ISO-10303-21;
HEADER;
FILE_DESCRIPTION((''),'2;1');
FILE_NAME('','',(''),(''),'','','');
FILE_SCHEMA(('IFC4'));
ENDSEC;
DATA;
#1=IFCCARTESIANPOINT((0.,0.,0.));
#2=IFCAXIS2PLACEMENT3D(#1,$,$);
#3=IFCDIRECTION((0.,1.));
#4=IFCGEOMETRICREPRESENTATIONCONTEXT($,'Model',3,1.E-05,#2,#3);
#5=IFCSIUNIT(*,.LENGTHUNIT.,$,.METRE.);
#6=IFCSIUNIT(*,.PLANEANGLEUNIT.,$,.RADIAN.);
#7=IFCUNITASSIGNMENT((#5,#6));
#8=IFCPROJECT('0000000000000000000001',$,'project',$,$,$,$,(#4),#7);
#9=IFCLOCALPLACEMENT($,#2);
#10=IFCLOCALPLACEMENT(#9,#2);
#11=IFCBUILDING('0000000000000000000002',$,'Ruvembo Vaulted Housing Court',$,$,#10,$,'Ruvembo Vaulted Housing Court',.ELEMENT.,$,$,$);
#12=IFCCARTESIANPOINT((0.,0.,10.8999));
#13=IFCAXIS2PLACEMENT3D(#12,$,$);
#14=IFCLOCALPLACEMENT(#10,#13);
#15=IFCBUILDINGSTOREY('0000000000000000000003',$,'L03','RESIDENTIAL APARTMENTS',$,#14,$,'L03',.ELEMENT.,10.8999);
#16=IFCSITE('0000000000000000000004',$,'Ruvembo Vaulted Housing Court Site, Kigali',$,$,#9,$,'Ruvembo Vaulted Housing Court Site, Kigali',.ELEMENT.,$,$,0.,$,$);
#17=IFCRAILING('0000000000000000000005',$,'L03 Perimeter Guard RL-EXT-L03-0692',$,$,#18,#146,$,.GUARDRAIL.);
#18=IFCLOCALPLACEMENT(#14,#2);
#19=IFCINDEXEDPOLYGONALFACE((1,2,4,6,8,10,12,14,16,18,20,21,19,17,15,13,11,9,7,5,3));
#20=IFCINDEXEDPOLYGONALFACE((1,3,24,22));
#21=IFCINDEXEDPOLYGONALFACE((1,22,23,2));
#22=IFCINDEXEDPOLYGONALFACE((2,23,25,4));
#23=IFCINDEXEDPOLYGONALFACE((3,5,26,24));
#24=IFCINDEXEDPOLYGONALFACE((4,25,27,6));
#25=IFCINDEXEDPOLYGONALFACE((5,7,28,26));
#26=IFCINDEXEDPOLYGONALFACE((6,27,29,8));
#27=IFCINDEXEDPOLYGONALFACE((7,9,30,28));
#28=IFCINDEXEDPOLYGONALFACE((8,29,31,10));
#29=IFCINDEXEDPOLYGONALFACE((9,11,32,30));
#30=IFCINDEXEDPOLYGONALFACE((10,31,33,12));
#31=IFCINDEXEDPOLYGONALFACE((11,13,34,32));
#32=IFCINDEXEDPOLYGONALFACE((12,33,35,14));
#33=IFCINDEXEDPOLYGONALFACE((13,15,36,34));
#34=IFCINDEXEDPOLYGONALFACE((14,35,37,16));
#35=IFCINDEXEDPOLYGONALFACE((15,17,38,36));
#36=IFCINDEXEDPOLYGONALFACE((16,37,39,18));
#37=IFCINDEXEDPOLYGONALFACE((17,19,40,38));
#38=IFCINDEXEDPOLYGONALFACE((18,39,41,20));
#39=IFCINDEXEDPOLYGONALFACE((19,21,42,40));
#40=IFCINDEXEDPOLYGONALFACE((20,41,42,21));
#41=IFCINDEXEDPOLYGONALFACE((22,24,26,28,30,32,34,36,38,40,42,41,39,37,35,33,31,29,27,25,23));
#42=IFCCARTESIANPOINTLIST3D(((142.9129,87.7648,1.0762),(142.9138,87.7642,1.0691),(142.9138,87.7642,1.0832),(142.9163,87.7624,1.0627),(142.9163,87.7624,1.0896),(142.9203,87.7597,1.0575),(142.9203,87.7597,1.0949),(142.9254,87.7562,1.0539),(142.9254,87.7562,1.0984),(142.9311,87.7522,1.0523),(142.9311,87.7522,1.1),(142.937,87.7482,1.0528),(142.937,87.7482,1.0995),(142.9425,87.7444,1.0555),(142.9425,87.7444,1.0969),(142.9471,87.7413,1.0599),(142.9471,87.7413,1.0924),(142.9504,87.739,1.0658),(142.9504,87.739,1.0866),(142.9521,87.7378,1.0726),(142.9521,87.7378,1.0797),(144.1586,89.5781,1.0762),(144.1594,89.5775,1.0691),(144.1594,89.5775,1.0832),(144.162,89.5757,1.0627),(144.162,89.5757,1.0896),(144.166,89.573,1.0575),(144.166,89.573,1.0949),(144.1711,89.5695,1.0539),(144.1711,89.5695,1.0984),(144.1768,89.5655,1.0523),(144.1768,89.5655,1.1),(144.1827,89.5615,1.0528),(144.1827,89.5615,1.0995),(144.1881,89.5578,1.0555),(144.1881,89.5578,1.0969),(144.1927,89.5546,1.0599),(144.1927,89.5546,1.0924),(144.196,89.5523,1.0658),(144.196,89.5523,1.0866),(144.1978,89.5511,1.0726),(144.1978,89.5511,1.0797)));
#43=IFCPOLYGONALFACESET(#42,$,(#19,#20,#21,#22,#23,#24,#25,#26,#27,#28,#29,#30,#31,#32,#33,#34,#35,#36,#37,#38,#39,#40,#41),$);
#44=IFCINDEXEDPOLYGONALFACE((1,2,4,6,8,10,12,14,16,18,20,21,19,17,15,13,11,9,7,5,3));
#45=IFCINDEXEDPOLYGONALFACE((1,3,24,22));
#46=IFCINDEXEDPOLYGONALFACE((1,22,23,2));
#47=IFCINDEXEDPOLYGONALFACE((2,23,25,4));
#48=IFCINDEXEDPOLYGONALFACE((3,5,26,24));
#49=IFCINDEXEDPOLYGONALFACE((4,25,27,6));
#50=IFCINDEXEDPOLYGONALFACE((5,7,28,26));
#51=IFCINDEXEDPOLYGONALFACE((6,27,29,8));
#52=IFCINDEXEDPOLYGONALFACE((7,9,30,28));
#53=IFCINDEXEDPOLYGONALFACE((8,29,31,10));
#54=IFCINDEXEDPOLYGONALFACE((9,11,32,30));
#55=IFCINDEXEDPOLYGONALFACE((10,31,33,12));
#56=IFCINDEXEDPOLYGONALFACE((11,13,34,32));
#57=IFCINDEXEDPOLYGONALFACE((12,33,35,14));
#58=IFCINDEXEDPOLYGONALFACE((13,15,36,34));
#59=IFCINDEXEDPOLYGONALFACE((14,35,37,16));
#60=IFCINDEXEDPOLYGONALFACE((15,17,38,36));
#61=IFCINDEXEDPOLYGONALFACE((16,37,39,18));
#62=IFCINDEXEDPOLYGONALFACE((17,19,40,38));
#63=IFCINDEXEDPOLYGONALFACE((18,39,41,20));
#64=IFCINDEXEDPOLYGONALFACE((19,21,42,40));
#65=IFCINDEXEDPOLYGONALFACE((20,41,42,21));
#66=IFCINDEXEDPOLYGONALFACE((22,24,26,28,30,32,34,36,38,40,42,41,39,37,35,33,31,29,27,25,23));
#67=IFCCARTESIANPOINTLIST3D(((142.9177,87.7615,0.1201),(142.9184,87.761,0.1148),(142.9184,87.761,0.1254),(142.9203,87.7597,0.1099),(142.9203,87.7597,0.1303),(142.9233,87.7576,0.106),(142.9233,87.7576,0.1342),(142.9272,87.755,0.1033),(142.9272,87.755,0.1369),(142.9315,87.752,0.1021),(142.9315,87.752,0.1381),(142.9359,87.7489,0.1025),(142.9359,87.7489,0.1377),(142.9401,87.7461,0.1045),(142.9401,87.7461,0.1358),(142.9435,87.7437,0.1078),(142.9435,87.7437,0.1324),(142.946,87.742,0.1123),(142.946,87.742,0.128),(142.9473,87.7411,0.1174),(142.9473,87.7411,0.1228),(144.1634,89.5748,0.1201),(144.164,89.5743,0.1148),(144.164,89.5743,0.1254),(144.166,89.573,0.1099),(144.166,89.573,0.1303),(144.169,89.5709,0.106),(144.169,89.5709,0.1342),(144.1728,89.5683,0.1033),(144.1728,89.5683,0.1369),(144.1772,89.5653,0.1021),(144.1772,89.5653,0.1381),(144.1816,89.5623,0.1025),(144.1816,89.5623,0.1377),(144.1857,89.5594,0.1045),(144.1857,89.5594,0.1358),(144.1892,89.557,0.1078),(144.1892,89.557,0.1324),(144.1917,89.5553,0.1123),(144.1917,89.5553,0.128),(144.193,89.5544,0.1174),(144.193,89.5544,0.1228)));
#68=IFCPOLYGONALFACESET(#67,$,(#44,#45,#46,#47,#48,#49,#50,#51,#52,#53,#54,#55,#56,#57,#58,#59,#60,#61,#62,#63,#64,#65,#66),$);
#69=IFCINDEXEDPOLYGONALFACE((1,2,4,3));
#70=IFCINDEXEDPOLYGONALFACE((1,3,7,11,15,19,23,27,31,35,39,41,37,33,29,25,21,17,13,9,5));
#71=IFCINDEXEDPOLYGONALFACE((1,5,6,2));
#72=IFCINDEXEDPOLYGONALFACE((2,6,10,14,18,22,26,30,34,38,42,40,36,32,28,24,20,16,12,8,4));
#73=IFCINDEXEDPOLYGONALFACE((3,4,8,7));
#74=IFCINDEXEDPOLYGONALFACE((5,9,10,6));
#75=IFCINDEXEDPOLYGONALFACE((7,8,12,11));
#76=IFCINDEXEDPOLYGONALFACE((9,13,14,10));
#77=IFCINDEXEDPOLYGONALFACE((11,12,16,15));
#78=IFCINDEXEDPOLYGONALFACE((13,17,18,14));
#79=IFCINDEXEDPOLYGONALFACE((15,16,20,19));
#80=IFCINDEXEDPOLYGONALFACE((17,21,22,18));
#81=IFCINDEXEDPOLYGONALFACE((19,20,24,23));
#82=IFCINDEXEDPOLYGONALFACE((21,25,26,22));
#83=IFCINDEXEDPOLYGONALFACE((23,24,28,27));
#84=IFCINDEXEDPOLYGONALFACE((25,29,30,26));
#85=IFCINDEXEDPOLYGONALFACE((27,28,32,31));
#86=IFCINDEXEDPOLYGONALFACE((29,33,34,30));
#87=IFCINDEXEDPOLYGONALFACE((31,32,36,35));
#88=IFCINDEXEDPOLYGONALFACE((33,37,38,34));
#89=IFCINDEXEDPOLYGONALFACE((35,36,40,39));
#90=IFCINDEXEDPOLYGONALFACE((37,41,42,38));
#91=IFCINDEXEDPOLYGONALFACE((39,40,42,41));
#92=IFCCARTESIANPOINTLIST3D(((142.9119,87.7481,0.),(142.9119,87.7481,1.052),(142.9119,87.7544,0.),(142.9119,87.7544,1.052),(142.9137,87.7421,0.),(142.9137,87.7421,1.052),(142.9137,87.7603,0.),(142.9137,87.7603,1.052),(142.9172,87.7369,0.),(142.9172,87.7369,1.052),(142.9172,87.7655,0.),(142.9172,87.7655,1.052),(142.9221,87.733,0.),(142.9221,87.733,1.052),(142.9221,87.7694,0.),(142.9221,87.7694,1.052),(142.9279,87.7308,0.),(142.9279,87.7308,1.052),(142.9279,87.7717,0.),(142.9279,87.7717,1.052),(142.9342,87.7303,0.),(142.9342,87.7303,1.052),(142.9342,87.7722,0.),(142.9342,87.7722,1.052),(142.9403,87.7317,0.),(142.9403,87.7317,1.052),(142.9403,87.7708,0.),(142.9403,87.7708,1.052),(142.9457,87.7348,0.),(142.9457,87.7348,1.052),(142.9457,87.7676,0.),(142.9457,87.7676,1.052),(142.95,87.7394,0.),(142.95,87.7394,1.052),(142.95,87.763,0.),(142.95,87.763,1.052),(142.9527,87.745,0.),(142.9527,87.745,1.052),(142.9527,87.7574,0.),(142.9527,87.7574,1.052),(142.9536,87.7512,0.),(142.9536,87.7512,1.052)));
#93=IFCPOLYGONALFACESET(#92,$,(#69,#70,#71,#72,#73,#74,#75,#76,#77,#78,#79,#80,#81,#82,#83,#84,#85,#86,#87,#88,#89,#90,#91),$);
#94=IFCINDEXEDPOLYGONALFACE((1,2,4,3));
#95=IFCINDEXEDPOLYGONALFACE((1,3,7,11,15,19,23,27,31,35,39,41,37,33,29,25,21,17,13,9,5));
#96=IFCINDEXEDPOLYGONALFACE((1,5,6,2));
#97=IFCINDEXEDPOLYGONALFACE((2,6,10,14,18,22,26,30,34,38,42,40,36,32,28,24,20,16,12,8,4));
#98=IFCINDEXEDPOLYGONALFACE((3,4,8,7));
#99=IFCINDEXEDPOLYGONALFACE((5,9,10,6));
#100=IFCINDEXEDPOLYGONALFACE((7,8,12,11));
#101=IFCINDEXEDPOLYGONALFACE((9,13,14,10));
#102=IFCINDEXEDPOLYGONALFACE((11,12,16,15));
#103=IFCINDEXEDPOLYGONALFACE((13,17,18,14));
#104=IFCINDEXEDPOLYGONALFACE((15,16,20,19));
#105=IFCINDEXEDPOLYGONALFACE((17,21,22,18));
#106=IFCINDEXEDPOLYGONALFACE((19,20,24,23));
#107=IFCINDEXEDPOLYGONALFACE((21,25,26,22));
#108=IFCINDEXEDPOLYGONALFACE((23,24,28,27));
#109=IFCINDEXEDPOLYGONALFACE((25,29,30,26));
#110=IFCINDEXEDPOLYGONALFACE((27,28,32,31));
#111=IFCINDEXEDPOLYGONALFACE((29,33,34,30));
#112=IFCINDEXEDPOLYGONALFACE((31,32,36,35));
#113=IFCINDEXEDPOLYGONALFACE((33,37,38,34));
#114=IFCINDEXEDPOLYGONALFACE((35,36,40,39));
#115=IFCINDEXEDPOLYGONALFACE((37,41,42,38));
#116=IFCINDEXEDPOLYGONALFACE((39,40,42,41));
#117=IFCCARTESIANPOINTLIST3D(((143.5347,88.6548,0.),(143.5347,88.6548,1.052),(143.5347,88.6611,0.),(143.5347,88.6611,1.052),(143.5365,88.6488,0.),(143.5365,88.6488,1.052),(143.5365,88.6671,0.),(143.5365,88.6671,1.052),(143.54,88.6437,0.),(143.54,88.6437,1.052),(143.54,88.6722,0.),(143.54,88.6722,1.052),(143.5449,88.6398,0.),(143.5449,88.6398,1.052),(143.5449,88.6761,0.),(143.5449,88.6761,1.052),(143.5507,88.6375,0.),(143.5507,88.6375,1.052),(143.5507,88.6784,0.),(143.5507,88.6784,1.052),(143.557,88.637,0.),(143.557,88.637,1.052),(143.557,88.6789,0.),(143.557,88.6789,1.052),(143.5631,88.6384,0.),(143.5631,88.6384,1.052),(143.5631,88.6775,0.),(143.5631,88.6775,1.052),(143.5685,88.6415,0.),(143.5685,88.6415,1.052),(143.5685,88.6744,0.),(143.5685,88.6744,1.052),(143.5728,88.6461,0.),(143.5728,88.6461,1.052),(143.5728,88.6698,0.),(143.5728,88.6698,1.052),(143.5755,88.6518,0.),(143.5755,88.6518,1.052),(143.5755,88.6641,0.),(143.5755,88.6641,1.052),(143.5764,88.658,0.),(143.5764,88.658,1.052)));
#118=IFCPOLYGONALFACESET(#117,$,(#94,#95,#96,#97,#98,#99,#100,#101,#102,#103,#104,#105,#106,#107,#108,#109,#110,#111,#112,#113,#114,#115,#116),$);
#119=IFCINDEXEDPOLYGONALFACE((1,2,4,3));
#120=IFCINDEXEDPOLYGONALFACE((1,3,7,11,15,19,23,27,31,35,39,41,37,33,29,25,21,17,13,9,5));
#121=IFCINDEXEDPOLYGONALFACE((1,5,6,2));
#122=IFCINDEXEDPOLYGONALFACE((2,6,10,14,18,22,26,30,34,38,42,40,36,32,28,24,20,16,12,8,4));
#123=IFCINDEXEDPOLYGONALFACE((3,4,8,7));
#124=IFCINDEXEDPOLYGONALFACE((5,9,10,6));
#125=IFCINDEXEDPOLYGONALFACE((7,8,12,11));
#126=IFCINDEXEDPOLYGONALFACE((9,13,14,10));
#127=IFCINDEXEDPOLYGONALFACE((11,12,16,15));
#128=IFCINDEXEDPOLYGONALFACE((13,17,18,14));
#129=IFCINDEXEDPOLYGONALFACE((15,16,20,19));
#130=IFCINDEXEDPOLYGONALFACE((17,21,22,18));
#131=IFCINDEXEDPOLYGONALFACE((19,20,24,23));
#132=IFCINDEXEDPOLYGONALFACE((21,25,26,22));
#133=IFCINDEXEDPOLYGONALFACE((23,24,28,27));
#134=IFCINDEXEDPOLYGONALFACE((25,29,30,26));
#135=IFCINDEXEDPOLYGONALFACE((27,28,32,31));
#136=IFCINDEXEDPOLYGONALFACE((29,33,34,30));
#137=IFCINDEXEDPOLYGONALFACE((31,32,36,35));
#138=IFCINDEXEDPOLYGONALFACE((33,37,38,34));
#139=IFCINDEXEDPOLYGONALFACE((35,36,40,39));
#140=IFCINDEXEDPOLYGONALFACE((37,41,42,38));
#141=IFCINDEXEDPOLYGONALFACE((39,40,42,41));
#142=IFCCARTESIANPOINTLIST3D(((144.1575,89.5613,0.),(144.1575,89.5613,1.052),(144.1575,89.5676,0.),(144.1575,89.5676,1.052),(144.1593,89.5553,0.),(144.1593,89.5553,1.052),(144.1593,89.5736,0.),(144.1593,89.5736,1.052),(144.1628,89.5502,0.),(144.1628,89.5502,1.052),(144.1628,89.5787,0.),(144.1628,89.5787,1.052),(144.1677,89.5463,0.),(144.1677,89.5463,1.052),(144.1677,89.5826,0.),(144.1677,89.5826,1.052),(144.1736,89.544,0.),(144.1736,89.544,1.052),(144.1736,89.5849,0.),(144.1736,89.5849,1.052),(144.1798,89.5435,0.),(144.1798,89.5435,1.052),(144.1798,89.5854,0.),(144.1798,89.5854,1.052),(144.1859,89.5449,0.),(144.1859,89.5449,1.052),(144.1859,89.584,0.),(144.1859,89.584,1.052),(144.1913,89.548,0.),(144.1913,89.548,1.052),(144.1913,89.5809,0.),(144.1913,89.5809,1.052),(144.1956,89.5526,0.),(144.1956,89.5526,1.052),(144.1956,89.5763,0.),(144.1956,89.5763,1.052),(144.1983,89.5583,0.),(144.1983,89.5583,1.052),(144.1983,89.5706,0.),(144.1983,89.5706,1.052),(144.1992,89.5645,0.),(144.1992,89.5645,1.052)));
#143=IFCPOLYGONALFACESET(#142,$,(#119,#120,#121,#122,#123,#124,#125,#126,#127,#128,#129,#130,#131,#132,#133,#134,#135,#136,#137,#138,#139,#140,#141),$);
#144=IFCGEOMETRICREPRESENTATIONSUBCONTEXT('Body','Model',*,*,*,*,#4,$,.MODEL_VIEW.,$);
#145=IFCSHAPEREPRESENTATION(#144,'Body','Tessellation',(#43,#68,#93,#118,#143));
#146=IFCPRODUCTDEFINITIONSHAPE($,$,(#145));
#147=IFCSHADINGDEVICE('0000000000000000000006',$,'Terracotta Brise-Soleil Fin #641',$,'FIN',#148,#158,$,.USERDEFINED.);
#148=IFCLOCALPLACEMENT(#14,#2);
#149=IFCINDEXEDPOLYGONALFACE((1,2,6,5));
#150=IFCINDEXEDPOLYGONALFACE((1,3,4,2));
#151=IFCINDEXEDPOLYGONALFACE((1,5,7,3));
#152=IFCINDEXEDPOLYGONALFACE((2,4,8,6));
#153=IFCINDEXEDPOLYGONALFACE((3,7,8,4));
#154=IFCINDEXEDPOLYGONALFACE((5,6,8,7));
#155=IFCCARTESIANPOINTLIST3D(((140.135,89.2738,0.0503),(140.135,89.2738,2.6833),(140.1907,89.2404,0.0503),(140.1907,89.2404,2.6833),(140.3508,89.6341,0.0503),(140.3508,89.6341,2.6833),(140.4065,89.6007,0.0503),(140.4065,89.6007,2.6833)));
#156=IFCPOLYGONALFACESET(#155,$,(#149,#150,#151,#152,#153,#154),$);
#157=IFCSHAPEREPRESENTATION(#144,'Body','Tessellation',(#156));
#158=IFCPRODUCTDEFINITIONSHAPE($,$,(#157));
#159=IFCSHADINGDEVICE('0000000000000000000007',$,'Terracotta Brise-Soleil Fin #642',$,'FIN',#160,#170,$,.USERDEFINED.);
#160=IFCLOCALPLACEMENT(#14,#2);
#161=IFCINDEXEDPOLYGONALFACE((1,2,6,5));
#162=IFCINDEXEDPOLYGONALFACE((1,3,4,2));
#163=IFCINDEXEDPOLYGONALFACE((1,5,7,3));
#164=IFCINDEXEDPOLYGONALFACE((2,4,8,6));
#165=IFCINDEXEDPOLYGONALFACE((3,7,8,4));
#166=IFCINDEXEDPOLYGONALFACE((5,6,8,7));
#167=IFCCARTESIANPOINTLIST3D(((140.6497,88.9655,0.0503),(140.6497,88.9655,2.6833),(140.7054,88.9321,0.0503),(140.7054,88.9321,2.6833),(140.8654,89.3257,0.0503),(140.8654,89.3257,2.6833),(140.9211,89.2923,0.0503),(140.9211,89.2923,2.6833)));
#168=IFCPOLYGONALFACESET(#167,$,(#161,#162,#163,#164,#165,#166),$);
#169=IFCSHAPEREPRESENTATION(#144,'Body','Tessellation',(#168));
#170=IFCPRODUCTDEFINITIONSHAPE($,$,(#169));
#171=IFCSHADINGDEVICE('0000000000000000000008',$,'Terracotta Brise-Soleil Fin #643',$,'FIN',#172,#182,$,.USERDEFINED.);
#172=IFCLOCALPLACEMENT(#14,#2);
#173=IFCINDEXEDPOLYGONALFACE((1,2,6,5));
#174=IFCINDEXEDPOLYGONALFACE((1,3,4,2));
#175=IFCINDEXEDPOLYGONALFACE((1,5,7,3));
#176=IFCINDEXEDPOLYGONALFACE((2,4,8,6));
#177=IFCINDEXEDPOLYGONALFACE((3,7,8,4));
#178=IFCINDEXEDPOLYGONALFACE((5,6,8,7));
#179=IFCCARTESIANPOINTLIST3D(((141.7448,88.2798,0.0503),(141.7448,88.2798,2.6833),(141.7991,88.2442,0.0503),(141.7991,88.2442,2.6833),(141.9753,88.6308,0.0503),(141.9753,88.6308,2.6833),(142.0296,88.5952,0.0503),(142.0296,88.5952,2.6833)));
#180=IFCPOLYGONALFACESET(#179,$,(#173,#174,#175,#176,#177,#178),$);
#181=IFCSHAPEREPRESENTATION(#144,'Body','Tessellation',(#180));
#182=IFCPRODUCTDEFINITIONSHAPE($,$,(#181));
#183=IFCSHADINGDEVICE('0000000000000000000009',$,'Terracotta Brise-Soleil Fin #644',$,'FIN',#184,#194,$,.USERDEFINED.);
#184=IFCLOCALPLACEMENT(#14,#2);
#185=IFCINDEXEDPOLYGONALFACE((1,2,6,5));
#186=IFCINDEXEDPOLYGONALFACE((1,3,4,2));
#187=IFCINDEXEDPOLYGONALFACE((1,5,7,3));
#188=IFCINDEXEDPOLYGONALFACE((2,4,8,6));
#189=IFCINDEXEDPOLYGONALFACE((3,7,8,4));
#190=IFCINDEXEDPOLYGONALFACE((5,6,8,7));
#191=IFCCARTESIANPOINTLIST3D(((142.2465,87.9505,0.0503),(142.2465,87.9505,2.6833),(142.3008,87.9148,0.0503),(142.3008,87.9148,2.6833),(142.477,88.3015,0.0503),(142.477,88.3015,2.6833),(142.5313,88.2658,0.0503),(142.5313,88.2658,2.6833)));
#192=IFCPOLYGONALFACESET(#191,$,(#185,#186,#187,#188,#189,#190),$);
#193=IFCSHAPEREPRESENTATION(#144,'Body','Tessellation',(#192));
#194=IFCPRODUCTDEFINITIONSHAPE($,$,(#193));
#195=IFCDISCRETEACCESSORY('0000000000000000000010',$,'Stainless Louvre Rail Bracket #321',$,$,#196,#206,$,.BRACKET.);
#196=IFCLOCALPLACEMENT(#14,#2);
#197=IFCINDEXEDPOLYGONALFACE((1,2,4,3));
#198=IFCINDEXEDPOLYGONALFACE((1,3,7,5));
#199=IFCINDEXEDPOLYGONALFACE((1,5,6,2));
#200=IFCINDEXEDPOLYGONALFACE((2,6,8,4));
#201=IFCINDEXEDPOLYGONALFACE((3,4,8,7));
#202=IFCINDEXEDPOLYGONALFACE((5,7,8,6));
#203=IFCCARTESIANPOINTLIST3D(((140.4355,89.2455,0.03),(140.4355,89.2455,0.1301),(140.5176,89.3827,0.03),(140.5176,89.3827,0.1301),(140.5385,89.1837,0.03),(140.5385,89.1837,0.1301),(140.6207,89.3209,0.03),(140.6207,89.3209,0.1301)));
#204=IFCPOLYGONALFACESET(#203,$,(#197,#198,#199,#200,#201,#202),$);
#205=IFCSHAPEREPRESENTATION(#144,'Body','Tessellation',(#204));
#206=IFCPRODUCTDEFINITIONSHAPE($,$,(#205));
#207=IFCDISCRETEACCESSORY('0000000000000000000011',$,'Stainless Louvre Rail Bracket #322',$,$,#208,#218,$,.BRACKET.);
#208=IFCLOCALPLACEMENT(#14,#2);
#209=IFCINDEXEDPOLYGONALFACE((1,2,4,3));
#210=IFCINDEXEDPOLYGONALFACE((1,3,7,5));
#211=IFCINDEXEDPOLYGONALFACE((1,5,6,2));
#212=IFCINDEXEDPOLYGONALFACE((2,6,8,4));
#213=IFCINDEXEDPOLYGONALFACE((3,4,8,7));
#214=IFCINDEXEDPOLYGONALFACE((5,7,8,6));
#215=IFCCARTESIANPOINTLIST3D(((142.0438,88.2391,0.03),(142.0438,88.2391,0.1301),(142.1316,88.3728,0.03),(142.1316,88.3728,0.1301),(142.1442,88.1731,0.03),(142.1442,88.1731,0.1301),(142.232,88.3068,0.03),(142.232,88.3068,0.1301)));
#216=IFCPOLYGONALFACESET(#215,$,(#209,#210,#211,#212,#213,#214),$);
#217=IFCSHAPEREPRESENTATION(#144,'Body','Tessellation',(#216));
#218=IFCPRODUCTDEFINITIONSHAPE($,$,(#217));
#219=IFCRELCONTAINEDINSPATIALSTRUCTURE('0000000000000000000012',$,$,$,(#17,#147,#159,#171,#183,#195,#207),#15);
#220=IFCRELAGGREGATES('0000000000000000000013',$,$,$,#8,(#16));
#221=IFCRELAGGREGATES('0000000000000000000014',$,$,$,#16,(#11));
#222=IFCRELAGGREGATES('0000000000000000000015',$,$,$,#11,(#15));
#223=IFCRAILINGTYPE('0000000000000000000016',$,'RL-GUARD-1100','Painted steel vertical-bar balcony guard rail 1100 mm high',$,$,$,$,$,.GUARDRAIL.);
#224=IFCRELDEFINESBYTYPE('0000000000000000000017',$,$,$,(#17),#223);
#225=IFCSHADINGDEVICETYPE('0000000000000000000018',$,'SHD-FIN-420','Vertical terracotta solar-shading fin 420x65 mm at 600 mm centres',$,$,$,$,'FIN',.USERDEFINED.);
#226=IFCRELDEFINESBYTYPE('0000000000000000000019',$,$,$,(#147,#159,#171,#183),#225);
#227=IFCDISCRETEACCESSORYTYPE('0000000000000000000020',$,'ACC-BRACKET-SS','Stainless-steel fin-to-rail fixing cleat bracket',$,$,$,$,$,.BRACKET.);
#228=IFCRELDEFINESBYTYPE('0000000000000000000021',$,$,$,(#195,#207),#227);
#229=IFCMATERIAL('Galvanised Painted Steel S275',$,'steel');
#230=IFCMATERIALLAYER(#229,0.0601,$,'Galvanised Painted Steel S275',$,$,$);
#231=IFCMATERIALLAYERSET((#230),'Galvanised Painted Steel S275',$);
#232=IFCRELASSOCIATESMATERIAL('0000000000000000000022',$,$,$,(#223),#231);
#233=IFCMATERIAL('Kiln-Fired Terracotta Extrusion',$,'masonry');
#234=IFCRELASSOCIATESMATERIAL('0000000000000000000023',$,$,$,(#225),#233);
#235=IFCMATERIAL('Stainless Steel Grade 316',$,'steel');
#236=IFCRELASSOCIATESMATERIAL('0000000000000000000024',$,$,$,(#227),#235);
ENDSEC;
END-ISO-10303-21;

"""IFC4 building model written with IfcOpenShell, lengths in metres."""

from ifc_helpers import new_model, si_unit, direction, frame, origin, origin_2d, place, context, subcontext, project, spatial, rectangle, circle, extrude, material, layer, layer_set, type_object, element, save


model = new_model("IFC4")

# Units and contexts
model_context = context("Model", 3, precision=1e-05, world=origin(), true_north=direction((0.0, 1.0)))
body_context = subcontext(model_context, "Body", "Model", "MODEL_VIEW")
ifc_project = project(units=[si_unit("LENGTHUNIT", "METRE"), si_unit("PLANEANGLEUNIT", "RADIAN")], contexts=[model_context])

# Site, building, storey
site_placement = place(None, origin())
site = spatial("IfcSite", under=ifc_project, at=site_placement, Name="Ruvembo Vaulted Housing Court Site, Kigali", LongName="Ruvembo Vaulted Housing Court Site, Kigali", CompositionType="ELEMENT", RefElevation=0.0)
building_placement = place(site_placement, origin())
building = spatial("IfcBuilding", under=site, at=building_placement, Name="Ruvembo Vaulted Housing Court", LongName="Ruvembo Vaulted Housing Court", CompositionType="ELEMENT")
storey_placement = place(building_placement, frame((0.0, 0.0, 10.8999)))
storey = spatial("IfcBuildingStorey", under=building, at=storey_placement, Name="L03", Description="RESIDENTIAL APARTMENTS", LongName="L03", CompositionType="ELEMENT", Elevation=10.8999)

# Railing
ifc_material_1 = material(Name="Galvanised Painted Steel S275", Category="steel")
ifc_layer_1 = layer(ifc_material_1, 0.0601, Name="Galvanised Painted Steel S275")
ifc_layer_set_1 = layer_set([ifc_layer_1], Name="Galvanised Painted Steel S275")
railing_type = type_object("IfcRailingType", Name="RL-GUARD-1100", Description="Painted steel vertical-bar balcony guard rail 1100 mm high", PredefinedType="GUARDRAIL", material=ifc_layer_set_1)
railing_1_placement = place(storey_placement, frame((142.9326, 87.7512, 0.0)))
element("IfcRailing", 1, at=railing_1_placement, inside=storey, type_object=railing_type, Name="L03 Perimeter Guard RL-EXT-L03-0692", PredefinedType="GUARDRAIL", context=body_context, shape_type="SweptSolid", body=[
    extrude(circle(Radius=0.0239, at=origin_2d()), frame((0.0, 0.0, 1.0762), z_axis=(0.566223, 0.824252, 0.0), x_axis=(-0.824252, 0.566223, 0.0)), (0.0, 0.0, 1.0), 2.2),
    extrude(circle(Radius=0.0181, at=origin_2d()), frame((0.0, 0.0, 0.1201), z_axis=(0.566223, 0.824252, 0.0), x_axis=(-0.824252, 0.566223, 0.0)), (0.0, 0.0, 1.0), 2.2),
    extrude(circle(Radius=0.021, at=origin_2d()), origin(), (0.0, 0.0, 1.0), 1.052),
    extrude(circle(Radius=0.021, at=origin_2d()), frame((0.6228, 0.9067, 0.0)), (0.0, 0.0, 1.0), 1.052),
    extrude(circle(Radius=0.021, at=origin_2d()), frame((1.2456, 1.8132, 0.0)), (0.0, 0.0, 1.0), 1.052),
])

# Shading devices
ifc_material_2 = material(Name="Kiln-Fired Terracotta Extrusion", Category="masonry")
shading_device_type = type_object("IfcShadingDeviceType", Name="SHD-FIN-420", Description="Vertical terracotta solar-shading fin 420x65 mm at 600 mm centres", ElementType="FIN", PredefinedType="USERDEFINED", material=ifc_material_2)
for number, where, z_axis, x_axis, name in (
    (2, (140.2708, 89.4373, 0.0503), (0.0, 0.0, 1.0), (-0.513826, -0.857895, 0.0), "Terracotta Brise-Soleil Fin #641"),
    (3, (140.7854, 89.1289, 0.0503), (0.0, 0.0, 1.0), (-0.513826, -0.857895, 0.0), "Terracotta Brise-Soleil Fin #642"),
    (4, (141.8872, 88.4375, 0.0503), (0.0, 0.0, 1.0), (-0.548964, -0.835846, 0.0), "Terracotta Brise-Soleil Fin #643"),
    (5, (142.3889, 88.1082, 0.0503), (0.0, 0.0, 1.0), (-0.548964, -0.835846, 0.0), "Terracotta Brise-Soleil Fin #644"),
):
    element("IfcShadingDevice", number, at=place(storey_placement, frame(where, z_axis=z_axis, x_axis=x_axis)), inside=storey, type_object=shading_device_type, Name=name, ObjectType="FIN", PredefinedType="USERDEFINED", context=body_context, shape_type="SweptSolid", body=[
        extrude(rectangle(XDim=0.4199, YDim=0.0649, at=origin_2d()), origin(), (0.0, 0.0, 1.0), 2.6331),
    ])

# Discrete accessories
ifc_material_3 = material(Name="Stainless Steel Grade 316", Category="steel")
discrete_accessory_type = type_object("IfcDiscreteAccessoryType", Name="ACC-BRACKET-SS", Description="Stainless-steel fin-to-rail fixing cleat bracket", PredefinedType="BRACKET", material=ifc_material_3)
for number, where, z_axis, x_axis, name in (
    (6, (140.5281, 89.2832, 0.03), (0.0, 0.0, 1.0), (-0.513826, -0.857895, 0.0), "Stainless Louvre Rail Bracket #321"),
    (7, (142.1379, 88.2729, 0.03), (0.0, 0.0, 1.0), (-0.548964, -0.835846, 0.0), "Stainless Louvre Rail Bracket #322"),
):
    element("IfcDiscreteAccessory", number, at=place(storey_placement, frame(where, z_axis=z_axis, x_axis=x_axis)), inside=storey, type_object=discrete_accessory_type, Name=name, PredefinedType="BRACKET", context=body_context, shape_type="SweptSolid", body=[
        extrude(rectangle(XDim=0.1599, YDim=0.1201, at=origin_2d()), origin(), (0.0, 0.0, 1.0), 0.1001),
    ])

save(model, "model.ifc")
